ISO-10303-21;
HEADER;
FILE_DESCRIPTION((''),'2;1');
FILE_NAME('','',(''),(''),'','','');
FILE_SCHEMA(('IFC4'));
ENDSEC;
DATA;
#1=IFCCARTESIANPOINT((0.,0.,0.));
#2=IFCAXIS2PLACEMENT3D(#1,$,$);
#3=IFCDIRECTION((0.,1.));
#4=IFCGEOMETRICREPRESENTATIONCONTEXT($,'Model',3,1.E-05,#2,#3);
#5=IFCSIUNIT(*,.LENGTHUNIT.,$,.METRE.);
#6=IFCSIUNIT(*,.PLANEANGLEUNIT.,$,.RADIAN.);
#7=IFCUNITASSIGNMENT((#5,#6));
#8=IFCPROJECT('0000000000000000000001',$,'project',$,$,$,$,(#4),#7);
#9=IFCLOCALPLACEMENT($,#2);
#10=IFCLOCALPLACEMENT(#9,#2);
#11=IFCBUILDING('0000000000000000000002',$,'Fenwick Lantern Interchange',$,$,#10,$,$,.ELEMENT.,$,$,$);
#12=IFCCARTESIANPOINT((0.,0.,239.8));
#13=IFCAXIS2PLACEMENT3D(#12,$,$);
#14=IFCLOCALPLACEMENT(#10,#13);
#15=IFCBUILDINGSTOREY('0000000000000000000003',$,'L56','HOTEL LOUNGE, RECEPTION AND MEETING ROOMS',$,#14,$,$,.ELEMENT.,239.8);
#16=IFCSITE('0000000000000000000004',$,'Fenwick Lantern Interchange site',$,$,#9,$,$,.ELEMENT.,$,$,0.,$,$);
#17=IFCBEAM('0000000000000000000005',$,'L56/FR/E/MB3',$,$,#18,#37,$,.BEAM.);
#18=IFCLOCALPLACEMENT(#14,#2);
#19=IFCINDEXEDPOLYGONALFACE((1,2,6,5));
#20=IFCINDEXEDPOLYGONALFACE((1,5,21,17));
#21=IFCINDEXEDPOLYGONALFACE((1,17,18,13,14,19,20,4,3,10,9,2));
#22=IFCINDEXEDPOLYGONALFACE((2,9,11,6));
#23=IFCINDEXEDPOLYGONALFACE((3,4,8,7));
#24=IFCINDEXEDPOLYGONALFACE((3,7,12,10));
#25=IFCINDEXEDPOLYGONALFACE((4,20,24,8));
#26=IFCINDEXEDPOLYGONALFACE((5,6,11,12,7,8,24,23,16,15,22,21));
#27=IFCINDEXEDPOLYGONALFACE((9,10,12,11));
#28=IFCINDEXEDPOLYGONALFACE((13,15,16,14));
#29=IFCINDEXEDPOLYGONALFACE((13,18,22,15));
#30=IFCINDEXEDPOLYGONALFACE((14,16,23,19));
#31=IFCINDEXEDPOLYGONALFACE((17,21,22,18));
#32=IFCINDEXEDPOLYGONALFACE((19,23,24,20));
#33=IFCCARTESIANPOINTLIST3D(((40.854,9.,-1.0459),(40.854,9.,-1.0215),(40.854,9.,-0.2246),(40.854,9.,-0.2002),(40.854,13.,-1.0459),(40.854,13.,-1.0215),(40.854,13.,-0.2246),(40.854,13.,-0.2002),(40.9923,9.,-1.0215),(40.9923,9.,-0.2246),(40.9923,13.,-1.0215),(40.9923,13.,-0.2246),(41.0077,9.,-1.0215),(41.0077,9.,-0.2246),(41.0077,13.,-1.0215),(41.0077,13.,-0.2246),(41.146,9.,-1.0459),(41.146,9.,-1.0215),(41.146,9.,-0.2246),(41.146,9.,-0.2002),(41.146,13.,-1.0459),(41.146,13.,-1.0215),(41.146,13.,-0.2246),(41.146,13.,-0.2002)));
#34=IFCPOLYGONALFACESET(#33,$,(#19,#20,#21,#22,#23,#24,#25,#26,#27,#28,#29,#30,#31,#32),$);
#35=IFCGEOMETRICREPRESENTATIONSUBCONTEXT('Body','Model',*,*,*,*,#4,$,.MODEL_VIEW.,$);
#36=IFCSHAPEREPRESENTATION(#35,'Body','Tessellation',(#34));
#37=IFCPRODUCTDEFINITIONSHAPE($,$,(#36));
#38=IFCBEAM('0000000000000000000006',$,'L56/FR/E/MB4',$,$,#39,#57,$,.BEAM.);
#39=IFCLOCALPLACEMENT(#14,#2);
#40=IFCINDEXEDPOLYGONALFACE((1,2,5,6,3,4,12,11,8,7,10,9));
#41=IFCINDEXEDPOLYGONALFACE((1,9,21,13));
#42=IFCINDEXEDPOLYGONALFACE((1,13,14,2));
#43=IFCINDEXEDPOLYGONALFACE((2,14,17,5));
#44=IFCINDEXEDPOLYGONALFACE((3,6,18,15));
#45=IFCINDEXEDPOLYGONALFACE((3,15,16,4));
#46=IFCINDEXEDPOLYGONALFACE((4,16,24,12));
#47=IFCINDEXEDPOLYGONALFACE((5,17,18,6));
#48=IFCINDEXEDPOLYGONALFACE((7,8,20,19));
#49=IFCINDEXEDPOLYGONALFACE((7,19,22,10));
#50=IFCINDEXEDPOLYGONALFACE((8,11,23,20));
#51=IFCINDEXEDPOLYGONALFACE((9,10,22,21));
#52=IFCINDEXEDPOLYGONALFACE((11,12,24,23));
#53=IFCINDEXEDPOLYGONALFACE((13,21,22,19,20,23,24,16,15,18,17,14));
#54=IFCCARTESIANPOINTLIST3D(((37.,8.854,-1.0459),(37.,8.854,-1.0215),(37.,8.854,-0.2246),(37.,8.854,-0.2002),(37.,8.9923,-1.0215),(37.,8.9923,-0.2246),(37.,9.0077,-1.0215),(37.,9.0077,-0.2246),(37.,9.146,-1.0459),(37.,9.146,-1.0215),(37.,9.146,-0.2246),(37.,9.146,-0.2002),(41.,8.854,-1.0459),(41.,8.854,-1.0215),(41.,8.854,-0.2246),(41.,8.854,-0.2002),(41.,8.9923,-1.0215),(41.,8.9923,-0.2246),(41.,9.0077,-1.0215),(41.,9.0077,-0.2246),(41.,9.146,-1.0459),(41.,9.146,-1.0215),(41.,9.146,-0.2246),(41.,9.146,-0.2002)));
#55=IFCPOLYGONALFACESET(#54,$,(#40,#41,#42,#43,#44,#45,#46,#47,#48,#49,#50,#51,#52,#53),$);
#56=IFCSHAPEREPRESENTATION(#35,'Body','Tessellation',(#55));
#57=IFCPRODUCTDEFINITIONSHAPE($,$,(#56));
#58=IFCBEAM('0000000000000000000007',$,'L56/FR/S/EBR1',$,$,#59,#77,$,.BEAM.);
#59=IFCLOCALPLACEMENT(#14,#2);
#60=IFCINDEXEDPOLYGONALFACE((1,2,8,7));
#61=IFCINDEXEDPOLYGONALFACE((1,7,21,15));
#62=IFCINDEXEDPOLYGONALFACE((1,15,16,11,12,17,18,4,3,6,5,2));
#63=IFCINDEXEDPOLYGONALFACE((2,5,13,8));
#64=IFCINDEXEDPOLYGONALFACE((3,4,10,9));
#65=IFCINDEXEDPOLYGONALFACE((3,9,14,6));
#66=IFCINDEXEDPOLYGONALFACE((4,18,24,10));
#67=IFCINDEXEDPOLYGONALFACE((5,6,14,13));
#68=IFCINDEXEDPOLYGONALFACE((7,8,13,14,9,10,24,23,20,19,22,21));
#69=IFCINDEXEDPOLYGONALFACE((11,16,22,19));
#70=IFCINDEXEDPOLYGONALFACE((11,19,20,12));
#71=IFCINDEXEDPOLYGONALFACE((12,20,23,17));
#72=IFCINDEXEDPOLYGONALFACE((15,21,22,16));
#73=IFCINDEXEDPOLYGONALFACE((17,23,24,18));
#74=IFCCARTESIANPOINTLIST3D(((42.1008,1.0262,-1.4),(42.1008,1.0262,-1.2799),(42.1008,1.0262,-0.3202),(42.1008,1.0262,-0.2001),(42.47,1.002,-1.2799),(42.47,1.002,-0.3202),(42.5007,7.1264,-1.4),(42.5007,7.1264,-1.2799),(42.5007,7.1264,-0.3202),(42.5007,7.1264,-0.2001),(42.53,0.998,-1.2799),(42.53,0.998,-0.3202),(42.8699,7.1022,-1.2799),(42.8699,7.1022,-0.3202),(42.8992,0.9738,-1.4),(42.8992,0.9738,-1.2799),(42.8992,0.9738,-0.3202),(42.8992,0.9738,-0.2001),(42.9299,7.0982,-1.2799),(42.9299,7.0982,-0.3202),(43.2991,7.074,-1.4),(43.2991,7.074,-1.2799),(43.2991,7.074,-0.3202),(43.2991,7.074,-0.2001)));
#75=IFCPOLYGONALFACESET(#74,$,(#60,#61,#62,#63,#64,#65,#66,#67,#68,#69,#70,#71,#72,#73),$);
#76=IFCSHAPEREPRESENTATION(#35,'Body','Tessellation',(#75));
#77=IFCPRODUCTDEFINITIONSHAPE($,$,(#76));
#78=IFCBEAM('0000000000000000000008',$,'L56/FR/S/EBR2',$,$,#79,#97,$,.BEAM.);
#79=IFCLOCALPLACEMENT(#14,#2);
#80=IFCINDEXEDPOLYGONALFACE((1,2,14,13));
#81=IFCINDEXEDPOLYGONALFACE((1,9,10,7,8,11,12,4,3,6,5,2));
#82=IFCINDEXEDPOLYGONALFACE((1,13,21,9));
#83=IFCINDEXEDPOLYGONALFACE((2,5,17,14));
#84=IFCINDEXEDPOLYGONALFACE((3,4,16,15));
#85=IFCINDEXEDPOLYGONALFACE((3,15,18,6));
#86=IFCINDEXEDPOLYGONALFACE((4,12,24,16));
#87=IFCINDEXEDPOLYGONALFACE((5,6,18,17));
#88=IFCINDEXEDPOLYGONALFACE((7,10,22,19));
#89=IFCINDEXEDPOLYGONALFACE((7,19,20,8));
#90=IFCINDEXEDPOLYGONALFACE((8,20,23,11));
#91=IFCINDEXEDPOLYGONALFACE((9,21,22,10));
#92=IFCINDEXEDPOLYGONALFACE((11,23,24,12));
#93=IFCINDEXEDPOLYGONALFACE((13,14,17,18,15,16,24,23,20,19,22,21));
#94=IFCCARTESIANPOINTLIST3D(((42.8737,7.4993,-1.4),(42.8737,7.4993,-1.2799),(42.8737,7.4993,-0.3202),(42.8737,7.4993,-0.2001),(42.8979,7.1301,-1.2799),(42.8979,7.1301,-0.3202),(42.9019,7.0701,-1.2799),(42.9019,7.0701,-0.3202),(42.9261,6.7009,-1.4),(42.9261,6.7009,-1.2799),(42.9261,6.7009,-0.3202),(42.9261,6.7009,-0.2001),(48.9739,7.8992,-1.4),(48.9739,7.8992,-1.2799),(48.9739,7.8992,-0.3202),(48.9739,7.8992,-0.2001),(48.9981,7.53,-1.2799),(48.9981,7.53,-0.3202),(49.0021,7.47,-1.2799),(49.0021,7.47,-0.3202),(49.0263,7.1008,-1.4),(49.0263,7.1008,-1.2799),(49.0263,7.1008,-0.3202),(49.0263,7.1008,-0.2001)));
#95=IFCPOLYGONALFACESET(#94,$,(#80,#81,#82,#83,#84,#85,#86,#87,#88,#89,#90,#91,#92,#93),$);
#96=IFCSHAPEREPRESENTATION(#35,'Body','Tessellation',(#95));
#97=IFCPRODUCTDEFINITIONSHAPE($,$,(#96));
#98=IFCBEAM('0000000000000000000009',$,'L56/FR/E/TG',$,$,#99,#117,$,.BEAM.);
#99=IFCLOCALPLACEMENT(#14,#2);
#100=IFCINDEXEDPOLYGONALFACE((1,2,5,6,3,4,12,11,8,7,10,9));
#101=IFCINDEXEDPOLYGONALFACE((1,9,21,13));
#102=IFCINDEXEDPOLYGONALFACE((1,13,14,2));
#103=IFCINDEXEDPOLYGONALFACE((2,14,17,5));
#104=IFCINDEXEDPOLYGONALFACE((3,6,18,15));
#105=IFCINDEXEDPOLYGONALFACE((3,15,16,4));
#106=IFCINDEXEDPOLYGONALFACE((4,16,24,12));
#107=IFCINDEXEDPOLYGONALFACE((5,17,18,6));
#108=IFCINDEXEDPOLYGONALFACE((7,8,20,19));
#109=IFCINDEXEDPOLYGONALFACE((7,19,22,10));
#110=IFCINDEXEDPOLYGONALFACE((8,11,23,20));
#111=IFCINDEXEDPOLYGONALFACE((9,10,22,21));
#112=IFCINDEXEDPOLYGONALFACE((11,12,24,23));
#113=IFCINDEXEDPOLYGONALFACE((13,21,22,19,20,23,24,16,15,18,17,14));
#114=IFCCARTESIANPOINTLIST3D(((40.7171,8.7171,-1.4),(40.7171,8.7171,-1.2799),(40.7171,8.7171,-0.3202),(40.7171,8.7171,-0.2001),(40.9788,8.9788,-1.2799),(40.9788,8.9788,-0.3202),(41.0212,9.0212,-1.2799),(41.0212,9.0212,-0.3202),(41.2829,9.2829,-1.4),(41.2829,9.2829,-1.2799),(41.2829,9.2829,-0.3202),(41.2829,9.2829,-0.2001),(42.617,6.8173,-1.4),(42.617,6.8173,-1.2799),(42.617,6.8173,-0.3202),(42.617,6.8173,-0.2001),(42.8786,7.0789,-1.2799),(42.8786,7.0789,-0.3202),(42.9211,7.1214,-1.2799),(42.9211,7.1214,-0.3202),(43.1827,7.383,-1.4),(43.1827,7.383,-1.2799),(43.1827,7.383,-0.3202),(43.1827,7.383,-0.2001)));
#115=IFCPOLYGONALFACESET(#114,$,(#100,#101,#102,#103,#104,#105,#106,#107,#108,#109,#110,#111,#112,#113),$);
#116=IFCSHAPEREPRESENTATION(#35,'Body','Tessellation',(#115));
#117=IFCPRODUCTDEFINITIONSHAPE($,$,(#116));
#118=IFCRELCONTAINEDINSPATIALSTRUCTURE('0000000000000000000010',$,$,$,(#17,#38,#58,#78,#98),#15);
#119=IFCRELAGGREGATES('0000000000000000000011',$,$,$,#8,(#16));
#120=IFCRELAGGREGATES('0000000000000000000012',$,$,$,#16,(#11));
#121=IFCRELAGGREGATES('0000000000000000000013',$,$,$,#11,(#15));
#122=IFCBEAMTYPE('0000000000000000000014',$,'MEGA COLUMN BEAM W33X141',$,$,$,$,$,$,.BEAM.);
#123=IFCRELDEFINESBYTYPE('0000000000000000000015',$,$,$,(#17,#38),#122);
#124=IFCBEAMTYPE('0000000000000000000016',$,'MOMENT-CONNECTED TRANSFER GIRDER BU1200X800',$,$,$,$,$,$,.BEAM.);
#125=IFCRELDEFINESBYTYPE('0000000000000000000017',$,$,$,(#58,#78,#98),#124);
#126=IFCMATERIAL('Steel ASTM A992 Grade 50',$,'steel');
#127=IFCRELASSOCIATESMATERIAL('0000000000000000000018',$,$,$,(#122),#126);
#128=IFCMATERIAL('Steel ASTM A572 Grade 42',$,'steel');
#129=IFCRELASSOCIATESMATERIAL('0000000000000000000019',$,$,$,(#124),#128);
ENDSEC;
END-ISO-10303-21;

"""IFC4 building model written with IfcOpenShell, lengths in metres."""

from ifc_helpers import new_model, si_unit, direction, frame, origin, origin_2d, place, context, subcontext, project, spatial, i_section, extrude, material, material_profile, profile_set, type_object, element, save


model = new_model("IFC4")

# Units and contexts
model_context = context("Model", 3, precision=1e-05, world=origin(), true_north=direction((0.0, 1.0)))
body_context = subcontext(model_context, "Body", "Model", "MODEL_VIEW")
ifc_project = project(units=[si_unit("LENGTHUNIT", "METRE"), si_unit("PLANEANGLEUNIT", "RADIAN")], contexts=[model_context])

# Site, building, storey
site_placement = place(None, origin())
site = spatial("IfcSite", under=ifc_project, at=site_placement, Name="Fenwick Lantern Interchange site", CompositionType="ELEMENT", RefElevation=0.0)
building_placement = place(site_placement, origin())
building = spatial("IfcBuilding", under=site, at=building_placement, Name="Fenwick Lantern Interchange", CompositionType="ELEMENT")
storey_placement = place(building_placement, frame((0.0, 0.0, 239.8)))
storey = spatial("IfcBuildingStorey", under=building, at=storey_placement, Name="L56", Description="HOTEL LOUNGE, RECEPTION AND MEETING ROOMS", CompositionType="ELEMENT", Elevation=239.8)

# Shared definitions
ifc_material_1 = material(Name="Steel ASTM A992 Grade 50", Category="steel")

# Beams
ifc_material_profile_1 = material_profile(ifc_material_1, i_section(OverallWidth=0.292, OverallDepth=0.8457, WebThickness=0.0154, FlangeThickness=0.0244, at=origin_2d()), Name="W33X141")
ifc_profile_set_1 = profile_set([ifc_material_profile_1], Name="Steel ASTM A992 Grade 50")
beam_type_1 = type_object("IfcBeamType", Name="MEGA COLUMN BEAM W33X141", PredefinedType="BEAM", material=ifc_profile_set_1)
for number, where, z_axis, x_axis, name in (
    (1, (41.0, 9.0, -0.623), (0.0, 1.0, 0.0), (-1.0, 0.0, 0.0), "L56/FR/E/MB3"),
    (2, (41.0, 9.0, -0.623), (-1.0, 0.0, 0.0), (0.0, -1.0, 0.0), "L56/FR/E/MB4"),
):
    element("IfcBeam", number, at=place(storey_placement, frame(where, z_axis=z_axis, x_axis=x_axis)), inside=storey, type_object=beam_type_1, Name=name, PredefinedType="BEAM", context=body_context, shape_type="SweptSolid", body=[
        extrude(i_section(OverallWidth=0.292, OverallDepth=0.8457, WebThickness=0.0154, FlangeThickness=0.0244, at=origin_2d()), origin(), (0.0, 0.0, 1.0), 4.0),
    ])
ifc_material_2 = material(Name="Steel ASTM A572 Grade 42", Category="steel")
ifc_material_profile_2 = material_profile(ifc_material_2, i_section(OverallWidth=0.8, OverallDepth=1.2, WebThickness=0.0601, FlangeThickness=0.1201, at=origin_2d()), Name="BU1200X800")
ifc_profile_set_2 = profile_set([ifc_material_profile_2], Name="Steel ASTM A572 Grade 42")
beam_type_2 = type_object("IfcBeamType", Name="MOMENT-CONNECTED TRANSFER GIRDER BU1200X800", PredefinedType="BEAM", material=ifc_profile_set_2)
for number, where, z_axis, x_axis, name in (
    (3, (42.5, 1.0, -0.8), (0.065416, 0.997858, 0.0), (-0.997858, 0.065416, 0.0), "L56/FR/S/EBR1"),
    (4, (42.8999, 7.1001, -0.8), (0.997858, 0.065416, 0.0), (-0.065416, 0.997858, 0.0), "L56/FR/S/EBR2"),
):
    element("IfcBeam", number, at=place(storey_placement, frame(where, z_axis=z_axis, x_axis=x_axis)), inside=storey, type_object=beam_type_2, Name=name, PredefinedType="BEAM", context=body_context, shape_type="SweptSolid", body=[
        extrude(i_section(OverallWidth=0.8, OverallDepth=1.2, WebThickness=0.0601, FlangeThickness=0.1201, at=origin_2d()), origin(), (0.0, 0.0, 1.0), 6.1133),
    ])
beam_1_placement = place(storey_placement, frame((41.0, 9.0, -0.8), z_axis=(0.707107, -0.707107, 0.0), x_axis=(0.707107, 0.707107, 0.0)))
element("IfcBeam", 5, at=beam_1_placement, inside=storey, type_object=beam_type_2, Name="L56/FR/E/TG", PredefinedType="BEAM", context=body_context, shape_type="SweptSolid", body=[
    extrude(i_section(OverallWidth=0.8, OverallDepth=1.2, WebThickness=0.0601, FlangeThickness=0.1201, at=origin_2d()), origin(), (0.0, 0.0, 1.0), 2.6868),
])

save(model, "model.ifc")
